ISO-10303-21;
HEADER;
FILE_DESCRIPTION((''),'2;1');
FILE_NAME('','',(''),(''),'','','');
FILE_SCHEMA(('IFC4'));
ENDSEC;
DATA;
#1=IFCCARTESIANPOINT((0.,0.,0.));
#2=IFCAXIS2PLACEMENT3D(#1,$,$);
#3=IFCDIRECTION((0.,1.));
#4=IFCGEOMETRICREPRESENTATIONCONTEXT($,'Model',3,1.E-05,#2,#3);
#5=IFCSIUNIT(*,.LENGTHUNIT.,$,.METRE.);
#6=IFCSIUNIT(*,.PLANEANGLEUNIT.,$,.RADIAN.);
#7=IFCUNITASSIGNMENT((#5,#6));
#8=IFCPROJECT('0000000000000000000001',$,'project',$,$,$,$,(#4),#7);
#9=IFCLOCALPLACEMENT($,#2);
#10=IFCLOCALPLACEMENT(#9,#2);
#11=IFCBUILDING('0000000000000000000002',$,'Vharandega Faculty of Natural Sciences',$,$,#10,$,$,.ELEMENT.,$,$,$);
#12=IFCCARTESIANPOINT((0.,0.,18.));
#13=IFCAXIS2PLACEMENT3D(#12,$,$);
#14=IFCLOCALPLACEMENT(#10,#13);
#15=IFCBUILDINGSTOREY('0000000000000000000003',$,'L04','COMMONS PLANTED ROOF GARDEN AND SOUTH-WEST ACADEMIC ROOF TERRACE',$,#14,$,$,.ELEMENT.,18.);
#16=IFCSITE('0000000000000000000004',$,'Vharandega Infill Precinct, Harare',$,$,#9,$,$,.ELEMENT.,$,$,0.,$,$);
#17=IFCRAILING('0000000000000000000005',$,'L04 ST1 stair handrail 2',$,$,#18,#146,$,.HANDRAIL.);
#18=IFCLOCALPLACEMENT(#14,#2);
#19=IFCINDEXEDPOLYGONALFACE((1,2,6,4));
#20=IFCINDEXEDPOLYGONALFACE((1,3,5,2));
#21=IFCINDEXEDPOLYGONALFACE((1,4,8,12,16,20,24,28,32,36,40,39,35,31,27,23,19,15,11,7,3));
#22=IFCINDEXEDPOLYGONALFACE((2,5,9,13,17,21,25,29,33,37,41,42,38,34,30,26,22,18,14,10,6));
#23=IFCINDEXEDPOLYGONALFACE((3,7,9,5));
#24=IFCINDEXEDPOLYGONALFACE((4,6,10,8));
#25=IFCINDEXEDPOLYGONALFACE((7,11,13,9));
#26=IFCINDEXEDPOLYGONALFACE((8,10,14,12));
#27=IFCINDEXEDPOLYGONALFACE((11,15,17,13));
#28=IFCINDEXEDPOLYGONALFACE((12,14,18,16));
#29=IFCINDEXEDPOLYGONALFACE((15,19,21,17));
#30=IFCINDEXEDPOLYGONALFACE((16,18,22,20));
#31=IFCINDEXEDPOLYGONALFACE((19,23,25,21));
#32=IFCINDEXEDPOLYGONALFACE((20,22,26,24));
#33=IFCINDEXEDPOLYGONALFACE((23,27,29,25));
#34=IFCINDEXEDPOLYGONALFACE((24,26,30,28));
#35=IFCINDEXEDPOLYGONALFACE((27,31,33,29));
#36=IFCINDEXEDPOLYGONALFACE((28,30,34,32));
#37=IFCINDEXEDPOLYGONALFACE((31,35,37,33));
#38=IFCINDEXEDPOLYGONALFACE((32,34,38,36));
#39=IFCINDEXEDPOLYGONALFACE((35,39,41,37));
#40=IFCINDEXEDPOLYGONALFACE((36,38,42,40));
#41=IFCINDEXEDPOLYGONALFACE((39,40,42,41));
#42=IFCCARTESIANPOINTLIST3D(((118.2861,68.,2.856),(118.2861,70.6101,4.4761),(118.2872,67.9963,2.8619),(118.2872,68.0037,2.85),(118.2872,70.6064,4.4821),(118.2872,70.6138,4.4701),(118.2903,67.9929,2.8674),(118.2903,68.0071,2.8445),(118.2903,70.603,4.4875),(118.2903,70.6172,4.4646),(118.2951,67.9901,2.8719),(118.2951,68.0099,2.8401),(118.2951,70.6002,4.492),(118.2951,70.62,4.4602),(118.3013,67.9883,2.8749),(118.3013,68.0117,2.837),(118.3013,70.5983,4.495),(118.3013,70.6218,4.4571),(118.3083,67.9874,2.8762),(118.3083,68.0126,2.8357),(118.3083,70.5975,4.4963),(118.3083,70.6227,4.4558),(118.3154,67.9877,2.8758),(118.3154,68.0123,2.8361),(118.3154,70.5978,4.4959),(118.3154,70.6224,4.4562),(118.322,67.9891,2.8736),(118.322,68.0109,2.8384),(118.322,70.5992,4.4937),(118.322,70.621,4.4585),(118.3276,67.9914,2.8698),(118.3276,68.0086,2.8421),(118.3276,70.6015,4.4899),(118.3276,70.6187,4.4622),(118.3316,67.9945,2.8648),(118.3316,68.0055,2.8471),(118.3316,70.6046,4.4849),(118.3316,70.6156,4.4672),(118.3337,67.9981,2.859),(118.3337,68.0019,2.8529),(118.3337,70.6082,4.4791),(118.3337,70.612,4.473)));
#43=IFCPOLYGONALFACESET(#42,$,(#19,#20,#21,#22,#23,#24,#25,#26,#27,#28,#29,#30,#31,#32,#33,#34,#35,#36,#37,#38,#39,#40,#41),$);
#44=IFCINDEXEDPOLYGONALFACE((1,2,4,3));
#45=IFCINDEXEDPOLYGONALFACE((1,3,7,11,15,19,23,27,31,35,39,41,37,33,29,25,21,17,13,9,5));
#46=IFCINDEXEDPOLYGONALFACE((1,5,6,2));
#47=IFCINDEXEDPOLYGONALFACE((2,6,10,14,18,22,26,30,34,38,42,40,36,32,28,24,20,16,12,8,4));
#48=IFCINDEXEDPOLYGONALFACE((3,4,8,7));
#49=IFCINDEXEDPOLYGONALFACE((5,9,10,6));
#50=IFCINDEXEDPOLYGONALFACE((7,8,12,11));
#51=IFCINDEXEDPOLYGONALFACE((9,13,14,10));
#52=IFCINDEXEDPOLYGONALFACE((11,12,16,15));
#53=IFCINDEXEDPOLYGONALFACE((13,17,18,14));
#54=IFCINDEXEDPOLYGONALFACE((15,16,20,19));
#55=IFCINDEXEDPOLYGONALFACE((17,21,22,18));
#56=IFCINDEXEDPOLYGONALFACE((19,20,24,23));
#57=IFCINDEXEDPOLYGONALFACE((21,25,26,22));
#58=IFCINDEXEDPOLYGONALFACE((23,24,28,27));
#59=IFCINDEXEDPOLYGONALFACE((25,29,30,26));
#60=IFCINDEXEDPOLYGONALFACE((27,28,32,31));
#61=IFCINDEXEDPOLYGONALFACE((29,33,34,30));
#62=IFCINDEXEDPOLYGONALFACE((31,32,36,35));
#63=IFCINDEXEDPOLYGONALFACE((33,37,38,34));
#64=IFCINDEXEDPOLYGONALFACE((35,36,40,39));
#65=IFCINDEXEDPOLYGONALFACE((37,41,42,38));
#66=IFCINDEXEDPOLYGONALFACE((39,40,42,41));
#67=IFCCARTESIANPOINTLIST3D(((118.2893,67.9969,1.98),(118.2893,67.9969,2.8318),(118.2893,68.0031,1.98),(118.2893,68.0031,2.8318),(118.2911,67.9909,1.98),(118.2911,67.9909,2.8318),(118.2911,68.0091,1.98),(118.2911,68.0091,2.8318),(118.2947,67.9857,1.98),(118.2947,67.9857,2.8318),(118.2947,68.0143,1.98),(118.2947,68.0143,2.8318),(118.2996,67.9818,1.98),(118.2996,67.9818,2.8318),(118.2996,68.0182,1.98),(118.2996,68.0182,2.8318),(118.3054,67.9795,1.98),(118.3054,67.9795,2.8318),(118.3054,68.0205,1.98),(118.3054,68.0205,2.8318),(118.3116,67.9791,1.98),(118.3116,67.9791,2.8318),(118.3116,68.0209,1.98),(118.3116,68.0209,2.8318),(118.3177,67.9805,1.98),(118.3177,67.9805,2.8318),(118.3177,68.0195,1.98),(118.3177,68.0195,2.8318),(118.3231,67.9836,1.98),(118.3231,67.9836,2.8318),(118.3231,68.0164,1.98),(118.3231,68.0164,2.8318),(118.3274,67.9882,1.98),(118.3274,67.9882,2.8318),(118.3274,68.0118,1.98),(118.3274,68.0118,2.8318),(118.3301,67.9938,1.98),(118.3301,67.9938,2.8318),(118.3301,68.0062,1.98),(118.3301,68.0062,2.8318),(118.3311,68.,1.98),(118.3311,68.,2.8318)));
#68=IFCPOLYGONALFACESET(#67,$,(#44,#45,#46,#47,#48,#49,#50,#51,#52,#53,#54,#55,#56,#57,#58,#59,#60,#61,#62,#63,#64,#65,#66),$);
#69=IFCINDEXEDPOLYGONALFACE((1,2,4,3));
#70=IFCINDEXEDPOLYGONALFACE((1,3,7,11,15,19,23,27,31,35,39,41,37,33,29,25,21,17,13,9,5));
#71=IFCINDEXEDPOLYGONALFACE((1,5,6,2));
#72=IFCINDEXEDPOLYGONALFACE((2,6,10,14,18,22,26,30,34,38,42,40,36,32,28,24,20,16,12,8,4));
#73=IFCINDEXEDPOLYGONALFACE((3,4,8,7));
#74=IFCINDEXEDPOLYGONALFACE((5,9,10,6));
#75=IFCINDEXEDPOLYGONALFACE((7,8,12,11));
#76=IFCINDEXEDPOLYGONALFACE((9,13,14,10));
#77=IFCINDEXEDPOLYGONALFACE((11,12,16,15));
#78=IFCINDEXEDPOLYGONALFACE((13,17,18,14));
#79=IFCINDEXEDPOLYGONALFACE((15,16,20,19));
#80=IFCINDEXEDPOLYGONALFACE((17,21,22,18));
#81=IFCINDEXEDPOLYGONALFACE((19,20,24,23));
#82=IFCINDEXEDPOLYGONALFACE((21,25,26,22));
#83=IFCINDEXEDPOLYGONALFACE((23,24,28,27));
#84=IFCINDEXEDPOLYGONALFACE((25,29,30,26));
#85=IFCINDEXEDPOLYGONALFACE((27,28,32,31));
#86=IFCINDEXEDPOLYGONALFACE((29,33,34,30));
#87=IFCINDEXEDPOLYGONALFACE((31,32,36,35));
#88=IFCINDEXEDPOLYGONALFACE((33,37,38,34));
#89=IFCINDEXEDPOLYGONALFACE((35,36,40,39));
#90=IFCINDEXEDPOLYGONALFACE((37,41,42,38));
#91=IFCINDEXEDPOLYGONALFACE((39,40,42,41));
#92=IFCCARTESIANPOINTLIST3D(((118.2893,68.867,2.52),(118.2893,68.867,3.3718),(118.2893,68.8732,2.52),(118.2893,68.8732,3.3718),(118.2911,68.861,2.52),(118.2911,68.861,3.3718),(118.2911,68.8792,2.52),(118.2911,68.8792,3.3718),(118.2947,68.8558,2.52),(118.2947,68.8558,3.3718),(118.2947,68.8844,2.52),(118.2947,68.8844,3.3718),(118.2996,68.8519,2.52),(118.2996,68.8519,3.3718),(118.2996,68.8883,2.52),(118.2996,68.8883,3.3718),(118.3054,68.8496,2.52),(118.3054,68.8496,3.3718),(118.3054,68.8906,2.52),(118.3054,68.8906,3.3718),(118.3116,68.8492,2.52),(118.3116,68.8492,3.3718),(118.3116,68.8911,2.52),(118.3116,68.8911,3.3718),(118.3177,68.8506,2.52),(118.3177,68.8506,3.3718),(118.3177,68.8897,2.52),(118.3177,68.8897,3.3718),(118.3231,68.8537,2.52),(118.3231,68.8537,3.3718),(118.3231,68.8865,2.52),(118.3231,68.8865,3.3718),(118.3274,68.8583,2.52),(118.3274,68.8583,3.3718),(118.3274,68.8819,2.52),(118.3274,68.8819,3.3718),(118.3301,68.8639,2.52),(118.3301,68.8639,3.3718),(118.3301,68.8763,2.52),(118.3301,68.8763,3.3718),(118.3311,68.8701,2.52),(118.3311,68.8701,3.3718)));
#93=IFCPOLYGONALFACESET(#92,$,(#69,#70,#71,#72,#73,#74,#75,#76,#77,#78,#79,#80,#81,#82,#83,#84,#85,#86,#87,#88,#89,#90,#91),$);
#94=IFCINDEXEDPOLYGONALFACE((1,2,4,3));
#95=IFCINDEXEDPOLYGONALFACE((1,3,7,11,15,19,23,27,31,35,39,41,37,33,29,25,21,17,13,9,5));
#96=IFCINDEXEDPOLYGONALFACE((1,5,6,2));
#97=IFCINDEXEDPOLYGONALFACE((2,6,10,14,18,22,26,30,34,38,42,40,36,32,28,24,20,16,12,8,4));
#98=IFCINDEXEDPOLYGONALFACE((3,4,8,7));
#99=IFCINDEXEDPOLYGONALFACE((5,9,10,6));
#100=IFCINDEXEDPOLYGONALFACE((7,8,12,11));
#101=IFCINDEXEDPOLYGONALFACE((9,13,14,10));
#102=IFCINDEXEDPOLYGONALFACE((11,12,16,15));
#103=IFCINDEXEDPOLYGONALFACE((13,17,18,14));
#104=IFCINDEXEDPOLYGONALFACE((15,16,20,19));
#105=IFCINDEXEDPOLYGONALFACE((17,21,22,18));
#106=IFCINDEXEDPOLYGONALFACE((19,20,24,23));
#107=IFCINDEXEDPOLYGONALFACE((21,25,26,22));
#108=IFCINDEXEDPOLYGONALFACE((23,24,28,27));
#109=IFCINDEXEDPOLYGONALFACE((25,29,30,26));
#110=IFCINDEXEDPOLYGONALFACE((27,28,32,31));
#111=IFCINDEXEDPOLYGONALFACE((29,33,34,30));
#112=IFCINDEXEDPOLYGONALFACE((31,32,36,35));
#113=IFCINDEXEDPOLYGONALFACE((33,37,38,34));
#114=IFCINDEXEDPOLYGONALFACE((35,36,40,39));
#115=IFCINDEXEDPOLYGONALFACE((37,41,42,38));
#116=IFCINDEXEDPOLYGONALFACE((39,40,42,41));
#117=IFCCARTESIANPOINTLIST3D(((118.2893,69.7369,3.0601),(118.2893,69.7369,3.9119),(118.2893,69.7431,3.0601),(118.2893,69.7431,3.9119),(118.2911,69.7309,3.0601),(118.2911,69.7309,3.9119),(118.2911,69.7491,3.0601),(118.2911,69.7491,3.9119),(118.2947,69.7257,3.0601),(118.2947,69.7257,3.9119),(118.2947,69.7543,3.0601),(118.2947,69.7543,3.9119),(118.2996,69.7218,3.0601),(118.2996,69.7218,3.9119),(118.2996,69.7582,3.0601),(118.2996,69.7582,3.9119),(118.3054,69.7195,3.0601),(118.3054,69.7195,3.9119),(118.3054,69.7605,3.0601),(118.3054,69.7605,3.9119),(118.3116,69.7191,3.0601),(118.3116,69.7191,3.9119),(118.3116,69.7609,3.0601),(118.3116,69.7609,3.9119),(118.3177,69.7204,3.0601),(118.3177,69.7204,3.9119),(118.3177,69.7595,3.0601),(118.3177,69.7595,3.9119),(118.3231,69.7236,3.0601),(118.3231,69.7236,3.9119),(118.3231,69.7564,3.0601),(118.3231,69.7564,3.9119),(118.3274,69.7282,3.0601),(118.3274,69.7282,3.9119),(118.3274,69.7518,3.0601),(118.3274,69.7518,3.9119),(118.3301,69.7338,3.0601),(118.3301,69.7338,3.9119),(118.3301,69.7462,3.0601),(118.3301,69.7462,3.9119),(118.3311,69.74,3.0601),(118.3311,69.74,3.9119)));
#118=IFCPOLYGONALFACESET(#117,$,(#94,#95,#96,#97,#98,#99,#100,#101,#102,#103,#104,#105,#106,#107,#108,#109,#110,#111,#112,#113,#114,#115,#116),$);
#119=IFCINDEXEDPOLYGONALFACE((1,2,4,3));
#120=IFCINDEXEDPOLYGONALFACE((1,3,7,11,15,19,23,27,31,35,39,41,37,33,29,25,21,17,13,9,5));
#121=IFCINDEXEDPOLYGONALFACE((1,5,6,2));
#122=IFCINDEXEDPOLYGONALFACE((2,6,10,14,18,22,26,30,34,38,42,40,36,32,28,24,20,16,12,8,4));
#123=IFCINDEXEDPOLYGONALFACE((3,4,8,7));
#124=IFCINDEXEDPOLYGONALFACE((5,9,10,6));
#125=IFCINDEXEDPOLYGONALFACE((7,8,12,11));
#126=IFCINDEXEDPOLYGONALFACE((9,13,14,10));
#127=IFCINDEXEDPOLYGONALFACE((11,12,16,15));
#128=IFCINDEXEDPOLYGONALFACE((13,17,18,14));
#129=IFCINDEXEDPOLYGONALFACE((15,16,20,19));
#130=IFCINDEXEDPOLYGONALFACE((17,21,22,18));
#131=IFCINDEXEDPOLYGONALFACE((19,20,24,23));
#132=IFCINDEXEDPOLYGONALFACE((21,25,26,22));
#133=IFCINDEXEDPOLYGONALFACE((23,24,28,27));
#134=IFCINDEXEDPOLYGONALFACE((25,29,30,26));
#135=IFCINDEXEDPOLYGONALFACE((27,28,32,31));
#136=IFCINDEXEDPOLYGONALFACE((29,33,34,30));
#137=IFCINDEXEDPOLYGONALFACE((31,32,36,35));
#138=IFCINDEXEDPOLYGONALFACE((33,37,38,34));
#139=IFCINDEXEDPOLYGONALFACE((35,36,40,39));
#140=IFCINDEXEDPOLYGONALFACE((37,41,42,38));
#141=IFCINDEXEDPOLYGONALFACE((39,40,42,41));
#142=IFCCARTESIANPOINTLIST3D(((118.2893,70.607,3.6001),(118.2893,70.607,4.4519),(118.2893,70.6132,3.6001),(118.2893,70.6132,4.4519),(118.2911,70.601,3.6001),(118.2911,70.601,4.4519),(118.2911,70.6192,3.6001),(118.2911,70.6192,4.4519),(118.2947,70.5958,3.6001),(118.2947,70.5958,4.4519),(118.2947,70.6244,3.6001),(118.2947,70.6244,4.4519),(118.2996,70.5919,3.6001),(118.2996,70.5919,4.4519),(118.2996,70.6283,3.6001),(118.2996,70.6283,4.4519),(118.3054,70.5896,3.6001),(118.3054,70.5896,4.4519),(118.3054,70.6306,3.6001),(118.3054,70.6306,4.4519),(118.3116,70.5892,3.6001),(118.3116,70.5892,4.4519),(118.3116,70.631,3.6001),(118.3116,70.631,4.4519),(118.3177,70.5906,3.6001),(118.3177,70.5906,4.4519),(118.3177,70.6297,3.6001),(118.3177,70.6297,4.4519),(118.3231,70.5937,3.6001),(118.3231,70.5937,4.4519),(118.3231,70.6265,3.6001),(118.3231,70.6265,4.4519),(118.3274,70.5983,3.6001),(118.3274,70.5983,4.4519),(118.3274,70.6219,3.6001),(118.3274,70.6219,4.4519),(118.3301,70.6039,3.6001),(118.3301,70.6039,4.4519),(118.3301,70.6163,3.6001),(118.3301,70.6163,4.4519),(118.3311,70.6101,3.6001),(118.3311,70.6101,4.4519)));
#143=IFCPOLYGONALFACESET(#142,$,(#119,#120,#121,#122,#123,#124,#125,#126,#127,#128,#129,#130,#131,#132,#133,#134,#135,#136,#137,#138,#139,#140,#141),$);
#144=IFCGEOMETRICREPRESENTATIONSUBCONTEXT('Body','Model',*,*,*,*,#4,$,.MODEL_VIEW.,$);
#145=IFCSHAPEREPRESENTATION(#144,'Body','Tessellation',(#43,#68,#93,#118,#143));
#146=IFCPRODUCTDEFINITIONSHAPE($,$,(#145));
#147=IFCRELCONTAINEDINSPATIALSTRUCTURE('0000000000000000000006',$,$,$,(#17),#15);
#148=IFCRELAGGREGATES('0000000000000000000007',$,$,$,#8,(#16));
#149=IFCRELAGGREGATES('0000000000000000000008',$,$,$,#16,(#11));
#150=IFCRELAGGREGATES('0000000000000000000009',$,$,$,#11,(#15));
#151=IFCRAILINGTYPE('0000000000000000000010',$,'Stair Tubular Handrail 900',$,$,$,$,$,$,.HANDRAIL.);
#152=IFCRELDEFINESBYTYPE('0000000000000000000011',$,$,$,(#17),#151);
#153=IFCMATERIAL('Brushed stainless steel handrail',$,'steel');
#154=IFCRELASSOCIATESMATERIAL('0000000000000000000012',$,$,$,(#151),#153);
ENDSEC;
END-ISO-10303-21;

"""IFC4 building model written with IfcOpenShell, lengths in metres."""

from ifc_helpers import new_model, si_unit, direction, frame, origin, origin_2d, place, context, subcontext, project, spatial, circle, extrude, material, type_object, element, save


model = new_model("IFC4")

# Units and contexts
model_context = context("Model", 3, precision=1e-05, world=origin(), true_north=direction((0.0, 1.0)))
body_context = subcontext(model_context, "Body", "Model", "MODEL_VIEW")
ifc_project = project(units=[si_unit("LENGTHUNIT", "METRE"), si_unit("PLANEANGLEUNIT", "RADIAN")], contexts=[model_context])

# Site, building, storey
site_placement = place(None, origin())
site = spatial("IfcSite", under=ifc_project, at=site_placement, Name="Vharandega Infill Precinct, Harare", CompositionType="ELEMENT", RefElevation=0.0)
building_placement = place(site_placement, origin())
building = spatial("IfcBuilding", under=site, at=building_placement, Name="Vharandega Faculty of Natural Sciences", CompositionType="ELEMENT")
storey_placement = place(building_placement, frame((0.0, 0.0, 18.0)))
storey = spatial("IfcBuildingStorey", under=building, at=storey_placement, Name="L04", Description="COMMONS PLANTED ROOF GARDEN AND SOUTH-WEST ACADEMIC ROOF TERRACE", CompositionType="ELEMENT", Elevation=18.0)

# Railing
ifc_material_1 = material(Name="Brushed stainless steel handrail", Category="steel")
railing_type_1 = type_object("IfcRailingType", Name="Stair Tubular Handrail 900", PredefinedType="HANDRAIL", material=ifc_material_1)
railing_1_placement = place(storey_placement, frame((118.3101, 68.0, 1.98)))
element("IfcRailing", 1, at=railing_1_placement, inside=storey, type_object=railing_type_1, Name="L04 ST1 stair handrail 2", PredefinedType="HANDRAIL", context=body_context, shape_type="SweptSolid", body=[
    extrude(circle(Radius=0.0239, at=origin_2d()), frame((0.0, 0.0, 0.876), z_axis=(0.0, 0.849633, 0.527375), x_axis=(-1.0, 0.0, 0.0)), (0.0, 0.0, 1.0), 3.072),
    extrude(circle(Radius=0.021, at=origin_2d()), origin(), (0.0, 0.0, 1.0), 0.8518),
    extrude(circle(Radius=0.021, at=origin_2d()), frame((0.0, 0.8701, 0.54)), (0.0, 0.0, 1.0), 0.8518),
    extrude(circle(Radius=0.021, at=origin_2d()), frame((0.0, 1.74, 1.0801)), (0.0, 0.0, 1.0), 0.8518),
    extrude(circle(Radius=0.021, at=origin_2d()), frame((0.0, 2.6101, 1.6201)), (0.0, 0.0, 1.0), 0.8518),
])

save(model, "model.ifc")
